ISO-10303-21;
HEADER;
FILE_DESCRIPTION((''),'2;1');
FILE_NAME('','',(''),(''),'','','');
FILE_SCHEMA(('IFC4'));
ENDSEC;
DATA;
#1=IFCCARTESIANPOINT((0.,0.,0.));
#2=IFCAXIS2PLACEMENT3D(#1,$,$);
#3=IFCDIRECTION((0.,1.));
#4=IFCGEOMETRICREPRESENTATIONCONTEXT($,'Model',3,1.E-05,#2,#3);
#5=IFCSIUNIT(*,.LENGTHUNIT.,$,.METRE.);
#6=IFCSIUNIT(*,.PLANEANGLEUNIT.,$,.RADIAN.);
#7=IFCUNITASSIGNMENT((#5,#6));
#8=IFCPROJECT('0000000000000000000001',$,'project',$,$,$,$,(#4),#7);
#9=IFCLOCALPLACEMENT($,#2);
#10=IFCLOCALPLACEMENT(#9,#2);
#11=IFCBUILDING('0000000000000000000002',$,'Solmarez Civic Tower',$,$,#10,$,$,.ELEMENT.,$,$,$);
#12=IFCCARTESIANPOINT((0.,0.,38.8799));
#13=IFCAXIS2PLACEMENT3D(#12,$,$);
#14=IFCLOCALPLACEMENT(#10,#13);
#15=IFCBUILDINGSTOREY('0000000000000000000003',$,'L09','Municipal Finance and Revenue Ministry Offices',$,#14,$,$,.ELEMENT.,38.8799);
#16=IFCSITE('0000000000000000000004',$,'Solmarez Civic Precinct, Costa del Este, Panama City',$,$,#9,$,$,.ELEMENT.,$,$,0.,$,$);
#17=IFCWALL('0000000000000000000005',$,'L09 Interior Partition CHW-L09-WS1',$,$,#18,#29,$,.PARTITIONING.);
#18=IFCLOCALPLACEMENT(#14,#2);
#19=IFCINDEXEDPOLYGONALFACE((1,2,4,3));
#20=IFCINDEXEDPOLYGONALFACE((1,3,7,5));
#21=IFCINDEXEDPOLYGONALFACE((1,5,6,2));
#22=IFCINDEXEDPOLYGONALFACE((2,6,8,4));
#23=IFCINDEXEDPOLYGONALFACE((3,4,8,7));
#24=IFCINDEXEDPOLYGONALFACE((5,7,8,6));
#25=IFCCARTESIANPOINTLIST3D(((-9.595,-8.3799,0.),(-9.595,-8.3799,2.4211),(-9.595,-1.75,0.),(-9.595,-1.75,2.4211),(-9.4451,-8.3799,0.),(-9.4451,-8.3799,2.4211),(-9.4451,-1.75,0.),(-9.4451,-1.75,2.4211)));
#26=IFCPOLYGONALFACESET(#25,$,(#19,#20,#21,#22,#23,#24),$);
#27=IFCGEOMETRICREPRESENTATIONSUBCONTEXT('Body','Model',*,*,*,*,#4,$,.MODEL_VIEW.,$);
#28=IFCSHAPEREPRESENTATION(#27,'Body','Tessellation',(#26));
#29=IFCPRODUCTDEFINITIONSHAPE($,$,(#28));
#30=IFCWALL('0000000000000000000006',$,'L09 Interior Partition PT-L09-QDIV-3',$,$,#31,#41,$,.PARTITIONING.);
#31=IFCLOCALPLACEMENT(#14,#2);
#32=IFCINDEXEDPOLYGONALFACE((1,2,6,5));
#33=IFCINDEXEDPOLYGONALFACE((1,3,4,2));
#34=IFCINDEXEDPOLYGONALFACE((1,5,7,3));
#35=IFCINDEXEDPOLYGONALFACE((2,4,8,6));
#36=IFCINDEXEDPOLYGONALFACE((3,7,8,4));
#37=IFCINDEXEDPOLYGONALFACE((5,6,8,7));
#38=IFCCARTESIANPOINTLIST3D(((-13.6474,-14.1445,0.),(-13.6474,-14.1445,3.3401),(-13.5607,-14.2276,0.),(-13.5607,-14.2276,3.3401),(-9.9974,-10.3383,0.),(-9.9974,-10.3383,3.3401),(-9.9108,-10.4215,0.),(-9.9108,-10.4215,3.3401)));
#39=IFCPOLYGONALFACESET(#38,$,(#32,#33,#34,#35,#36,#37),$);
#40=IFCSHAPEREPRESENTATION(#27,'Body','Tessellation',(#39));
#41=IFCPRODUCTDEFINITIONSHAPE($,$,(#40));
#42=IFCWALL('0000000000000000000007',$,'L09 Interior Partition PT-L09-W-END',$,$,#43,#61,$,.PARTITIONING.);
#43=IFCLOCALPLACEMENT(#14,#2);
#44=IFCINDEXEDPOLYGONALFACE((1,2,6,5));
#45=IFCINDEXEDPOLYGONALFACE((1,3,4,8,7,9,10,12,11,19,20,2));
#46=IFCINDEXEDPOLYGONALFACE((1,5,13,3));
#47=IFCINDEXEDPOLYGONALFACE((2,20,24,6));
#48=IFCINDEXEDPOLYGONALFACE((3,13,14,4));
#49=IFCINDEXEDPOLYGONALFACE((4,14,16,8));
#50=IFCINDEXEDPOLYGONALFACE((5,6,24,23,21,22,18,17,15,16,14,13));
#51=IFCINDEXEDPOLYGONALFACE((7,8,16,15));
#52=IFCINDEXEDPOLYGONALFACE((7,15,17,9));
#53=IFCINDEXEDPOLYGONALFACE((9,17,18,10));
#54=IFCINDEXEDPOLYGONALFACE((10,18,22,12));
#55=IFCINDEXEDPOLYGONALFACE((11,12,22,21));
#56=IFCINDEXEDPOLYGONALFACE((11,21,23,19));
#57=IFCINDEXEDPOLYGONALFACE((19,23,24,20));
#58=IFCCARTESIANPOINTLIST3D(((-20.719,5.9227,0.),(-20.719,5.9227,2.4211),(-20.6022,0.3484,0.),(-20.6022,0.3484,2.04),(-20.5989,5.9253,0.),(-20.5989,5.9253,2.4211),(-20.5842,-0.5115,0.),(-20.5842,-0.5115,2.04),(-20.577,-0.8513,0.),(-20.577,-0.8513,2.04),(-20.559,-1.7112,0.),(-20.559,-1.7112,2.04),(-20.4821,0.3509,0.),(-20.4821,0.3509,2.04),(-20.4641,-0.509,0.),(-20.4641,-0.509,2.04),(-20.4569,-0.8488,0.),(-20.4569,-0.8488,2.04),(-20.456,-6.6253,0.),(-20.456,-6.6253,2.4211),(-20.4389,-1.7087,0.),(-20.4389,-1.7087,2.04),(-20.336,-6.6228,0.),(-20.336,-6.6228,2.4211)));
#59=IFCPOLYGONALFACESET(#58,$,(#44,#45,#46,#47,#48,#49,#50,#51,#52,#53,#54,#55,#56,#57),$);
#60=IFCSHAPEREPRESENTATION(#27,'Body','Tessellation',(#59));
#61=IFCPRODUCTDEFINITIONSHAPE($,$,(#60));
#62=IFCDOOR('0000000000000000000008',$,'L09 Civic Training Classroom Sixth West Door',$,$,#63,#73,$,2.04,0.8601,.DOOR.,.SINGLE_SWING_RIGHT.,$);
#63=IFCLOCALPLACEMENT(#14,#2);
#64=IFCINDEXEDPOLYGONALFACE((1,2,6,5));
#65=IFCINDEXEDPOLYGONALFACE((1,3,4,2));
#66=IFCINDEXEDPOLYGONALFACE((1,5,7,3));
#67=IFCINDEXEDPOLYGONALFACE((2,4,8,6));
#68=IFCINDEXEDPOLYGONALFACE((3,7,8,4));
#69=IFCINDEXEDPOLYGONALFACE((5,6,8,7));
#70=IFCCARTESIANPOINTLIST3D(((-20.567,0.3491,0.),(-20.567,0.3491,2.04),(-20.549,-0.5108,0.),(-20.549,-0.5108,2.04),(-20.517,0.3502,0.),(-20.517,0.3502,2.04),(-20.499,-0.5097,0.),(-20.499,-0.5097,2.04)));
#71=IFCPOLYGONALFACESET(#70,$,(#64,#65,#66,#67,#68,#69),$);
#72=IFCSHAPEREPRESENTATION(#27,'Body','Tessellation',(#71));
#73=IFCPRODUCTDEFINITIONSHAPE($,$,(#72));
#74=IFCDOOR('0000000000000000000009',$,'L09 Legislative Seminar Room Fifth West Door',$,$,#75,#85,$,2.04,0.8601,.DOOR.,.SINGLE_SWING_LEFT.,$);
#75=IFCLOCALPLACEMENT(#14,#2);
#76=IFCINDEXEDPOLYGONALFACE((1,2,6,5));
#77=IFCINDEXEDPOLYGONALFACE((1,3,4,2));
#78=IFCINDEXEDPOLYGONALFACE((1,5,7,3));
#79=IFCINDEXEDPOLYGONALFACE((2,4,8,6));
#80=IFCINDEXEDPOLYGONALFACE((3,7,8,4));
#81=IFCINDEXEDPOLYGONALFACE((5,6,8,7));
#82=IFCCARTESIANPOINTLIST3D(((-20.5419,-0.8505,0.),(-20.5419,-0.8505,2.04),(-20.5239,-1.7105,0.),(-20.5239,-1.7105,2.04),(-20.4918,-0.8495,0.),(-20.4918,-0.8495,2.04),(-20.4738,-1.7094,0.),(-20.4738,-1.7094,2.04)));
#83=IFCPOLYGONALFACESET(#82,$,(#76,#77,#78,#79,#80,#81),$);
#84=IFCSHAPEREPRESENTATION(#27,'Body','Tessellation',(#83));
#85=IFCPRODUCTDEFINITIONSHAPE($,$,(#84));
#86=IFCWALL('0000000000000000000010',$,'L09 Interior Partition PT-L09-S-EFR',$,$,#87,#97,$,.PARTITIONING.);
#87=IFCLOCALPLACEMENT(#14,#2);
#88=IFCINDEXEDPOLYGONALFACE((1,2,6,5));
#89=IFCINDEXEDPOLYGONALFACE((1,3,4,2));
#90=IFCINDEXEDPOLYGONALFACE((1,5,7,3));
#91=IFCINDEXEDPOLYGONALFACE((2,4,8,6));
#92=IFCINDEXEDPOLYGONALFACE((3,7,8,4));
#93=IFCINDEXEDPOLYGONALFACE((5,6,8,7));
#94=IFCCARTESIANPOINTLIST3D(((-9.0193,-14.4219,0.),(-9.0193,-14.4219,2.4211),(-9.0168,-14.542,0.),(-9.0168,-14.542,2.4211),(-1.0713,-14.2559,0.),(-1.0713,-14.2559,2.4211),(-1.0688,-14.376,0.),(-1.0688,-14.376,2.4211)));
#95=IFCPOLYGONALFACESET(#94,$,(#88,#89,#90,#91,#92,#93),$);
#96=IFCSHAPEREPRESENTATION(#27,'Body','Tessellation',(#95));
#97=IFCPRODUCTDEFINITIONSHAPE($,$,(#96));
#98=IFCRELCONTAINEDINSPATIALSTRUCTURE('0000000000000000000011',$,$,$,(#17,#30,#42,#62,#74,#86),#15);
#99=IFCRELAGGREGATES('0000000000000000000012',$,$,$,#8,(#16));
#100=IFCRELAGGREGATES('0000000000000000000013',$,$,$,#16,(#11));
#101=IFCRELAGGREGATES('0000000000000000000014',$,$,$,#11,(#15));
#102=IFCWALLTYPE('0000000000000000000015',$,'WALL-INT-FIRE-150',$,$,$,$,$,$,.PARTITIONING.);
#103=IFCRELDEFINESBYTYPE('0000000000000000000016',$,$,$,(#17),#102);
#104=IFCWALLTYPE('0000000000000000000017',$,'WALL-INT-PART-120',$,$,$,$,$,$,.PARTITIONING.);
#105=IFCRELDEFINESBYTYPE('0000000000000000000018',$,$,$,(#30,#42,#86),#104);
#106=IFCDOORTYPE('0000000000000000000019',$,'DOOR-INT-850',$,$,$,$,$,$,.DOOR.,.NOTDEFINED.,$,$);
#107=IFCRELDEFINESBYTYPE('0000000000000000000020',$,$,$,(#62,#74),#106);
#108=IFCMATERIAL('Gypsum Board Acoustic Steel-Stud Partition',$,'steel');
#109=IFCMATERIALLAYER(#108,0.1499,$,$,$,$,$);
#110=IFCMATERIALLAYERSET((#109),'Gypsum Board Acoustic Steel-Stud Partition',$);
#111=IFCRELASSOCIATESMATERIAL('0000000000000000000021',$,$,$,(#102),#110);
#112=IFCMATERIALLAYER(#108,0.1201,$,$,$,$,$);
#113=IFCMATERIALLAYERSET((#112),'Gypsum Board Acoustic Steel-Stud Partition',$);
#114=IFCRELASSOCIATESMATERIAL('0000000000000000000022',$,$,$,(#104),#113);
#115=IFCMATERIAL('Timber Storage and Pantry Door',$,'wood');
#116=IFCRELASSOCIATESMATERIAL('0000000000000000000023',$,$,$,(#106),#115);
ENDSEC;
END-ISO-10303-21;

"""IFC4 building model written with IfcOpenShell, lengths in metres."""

from ifc_helpers import new_model, si_unit, direction, frame, frame_2d, origin, place, context, subcontext, project, spatial, rectangle, extrude, material, layer, layer_set, type_object, element, fill, save


model = new_model("IFC4")

# Units and contexts
model_context = context("Model", 3, precision=1e-05, world=origin(), true_north=direction((0.0, 1.0)))
body_context = subcontext(model_context, "Body", "Model", "MODEL_VIEW")
ifc_project = project(units=[si_unit("LENGTHUNIT", "METRE"), si_unit("PLANEANGLEUNIT", "RADIAN")], contexts=[model_context])

# Site, building, storey
site_placement = place(None, origin())
site = spatial("IfcSite", under=ifc_project, at=site_placement, Name="Solmarez Civic Precinct, Costa del Este, Panama City", CompositionType="ELEMENT", RefElevation=0.0)
building_placement = place(site_placement, origin())
building = spatial("IfcBuilding", under=site, at=building_placement, Name="Solmarez Civic Tower", CompositionType="ELEMENT")
storey_placement = place(building_placement, frame((0.0, 0.0, 38.8799)))
storey = spatial("IfcBuildingStorey", under=building, at=storey_placement, Name="L09", Description="Municipal Finance and Revenue Ministry Offices", CompositionType="ELEMENT", Elevation=38.8799)

# Walls
ifc_material_1 = material(Name="Gypsum Board Acoustic Steel-Stud Partition", Category="steel")
ifc_layer_1 = layer(ifc_material_1, 0.1499)
ifc_layer_set_1 = layer_set([ifc_layer_1], Name="Gypsum Board Acoustic Steel-Stud Partition")
wall_type_1 = type_object("IfcWallType", Name="WALL-INT-FIRE-150", PredefinedType="PARTITIONING", material=ifc_layer_set_1)
wall_1_placement = place(storey_placement, frame((-9.52, -8.3799, 0.0), z_axis=(0.0, 0.0, 1.0), x_axis=(0.0, 1.0, 0.0)))
element("IfcWall", 1, at=wall_1_placement, inside=storey, type_object=wall_type_1, Name="L09 Interior Partition CHW-L09-WS1", PredefinedType="PARTITIONING", context=body_context, shape_type="SweptSolid", body=[
    extrude(rectangle(XDim=6.6299, YDim=0.1499, at=frame_2d((3.3149, 0.0))), origin(), (0.0, 0.0, 1.0), 2.4211),
])
ifc_layer_2 = layer(ifc_material_1, 0.1201)
ifc_layer_set_2 = layer_set([ifc_layer_2], Name="Gypsum Board Acoustic Steel-Stud Partition")
wall_type_2 = type_object("IfcWallType", Name="WALL-INT-PART-120", PredefinedType="PARTITIONING", material=ifc_layer_set_2)
wall_2_placement = place(storey_placement, frame((-9.9541, -10.3799, 0.0), z_axis=(0.0, 0.0, 1.0), x_axis=(-0.692137, -0.721767, 0.0)))
element("IfcWall", 2, at=wall_2_placement, inside=storey, type_object=wall_type_2, Name="L09 Interior Partition PT-L09-QDIV-3", PredefinedType="PARTITIONING", context=body_context, shape_type="SweptSolid", body=[
    extrude(rectangle(XDim=5.2734, YDim=0.1201, at=frame_2d((2.6367, 0.0))), origin(), (0.0, 0.0, 1.0), 3.3401),
])

# Wall, openings, doors
wall_3_placement = place(storey_placement, frame((-20.396, -6.624, 0.0), z_axis=(0.0, 0.0, 1.0), x_axis=(-0.02095, 0.999781, 0.0)))
wall_3 = element("IfcWall", 3, at=wall_3_placement, inside=storey, type_object=wall_type_2, Name="L09 Interior Partition PT-L09-W-END", PredefinedType="PARTITIONING", context=body_context, shape_type="SweptSolid", body=[
    extrude(rectangle(XDim=12.5508, YDim=0.1201, at=frame_2d((6.2754, 0.0))), origin(), (0.0, 0.0, 1.0), 2.4211),
])
opening_1_placement = place(wall_3_placement, frame((6.115, 0.0, 0.0)))
opening_1 = element("IfcOpeningElement", 4, at=opening_1_placement, cuts=wall_3, PredefinedType="OPENING", context=body_context, shape_type="SweptSolid", body=[
    extrude(rectangle(XDim=0.8601, YDim=2.04, at=frame_2d((0.4302, 1.02))), frame((0.0, 0.0701, 0.0), z_axis=(0.0, -1.0, 0.0), x_axis=(1.0, 0.0, 0.0)), (0.0, 0.0, 1.0), 0.1401),
])
opening_2_placement = place(wall_3_placement, frame((4.915, 0.0, 0.0)))
opening_2 = element("IfcOpeningElement", 5, at=opening_2_placement, cuts=wall_3, PredefinedType="OPENING", context=body_context, shape_type="SweptSolid", body=[
    extrude(rectangle(XDim=0.8601, YDim=2.04, at=frame_2d((0.4302, 1.02))), frame((0.0, 0.0701, 0.0), z_axis=(0.0, -1.0, 0.0), x_axis=(1.0, 0.0, 0.0)), (0.0, 0.0, 1.0), 0.1401),
])
ifc_material_2 = material(Name="Timber Storage and Pantry Door", Category="wood")
door_type_1 = type_object("IfcDoorType", Name="DOOR-INT-850", OperationType="NOTDEFINED", PredefinedType="DOOR", material=ifc_material_2)
door_1_placement = place(opening_1_placement, origin())
door_1 = element("IfcDoor", 6, at=door_1_placement, inside=storey, type_object=door_type_1, Name="L09 Civic Training Classroom Sixth West Door", OperationType="SINGLE_SWING_RIGHT", OverallHeight=2.04, OverallWidth=0.8601, PredefinedType="DOOR", context=body_context, shape_type="SweptSolid", body=[
    extrude(rectangle(XDim=0.8601, YDim=2.04, at=frame_2d((0.4302, 1.02))), frame((0.0, 0.0249, 0.0), z_axis=(0.0, -1.0, 0.0), x_axis=(1.0, 0.0, 0.0)), (0.0, 0.0, 1.0), 0.05),
])
fill(opening_1, door_1)
door_2_placement = place(opening_2_placement, origin())
door_2 = element("IfcDoor", 7, at=door_2_placement, inside=storey, type_object=door_type_1, Name="L09 Legislative Seminar Room Fifth West Door", OperationType="SINGLE_SWING_LEFT", OverallHeight=2.04, OverallWidth=0.8601, PredefinedType="DOOR", context=body_context, shape_type="SweptSolid", body=[
    extrude(rectangle(XDim=0.8601, YDim=2.04, at=frame_2d((0.4302, 1.02))), frame((0.0, 0.0249, 0.0), z_axis=(0.0, -1.0, 0.0), x_axis=(1.0, 0.0, 0.0)), (0.0, 0.0, 1.0), 0.05),
])
fill(opening_2, door_2)

# Wall
wall_4_placement = place(storey_placement, frame((-9.0181, -14.4819, 0.0), z_axis=(0.0, 0.0, 1.0), x_axis=(0.999782, 0.020883, 0.0)))
element("IfcWall", 8, at=wall_4_placement, inside=storey, type_object=wall_type_2, Name="L09 Interior Partition PT-L09-S-EFR", PredefinedType="PARTITIONING", context=body_context, shape_type="SweptSolid", body=[
    extrude(rectangle(XDim=7.9497, YDim=0.1201, at=frame_2d((3.9749, 0.0))), origin(), (0.0, 0.0, 1.0), 2.4211),
])

save(model, "model.ifc")
